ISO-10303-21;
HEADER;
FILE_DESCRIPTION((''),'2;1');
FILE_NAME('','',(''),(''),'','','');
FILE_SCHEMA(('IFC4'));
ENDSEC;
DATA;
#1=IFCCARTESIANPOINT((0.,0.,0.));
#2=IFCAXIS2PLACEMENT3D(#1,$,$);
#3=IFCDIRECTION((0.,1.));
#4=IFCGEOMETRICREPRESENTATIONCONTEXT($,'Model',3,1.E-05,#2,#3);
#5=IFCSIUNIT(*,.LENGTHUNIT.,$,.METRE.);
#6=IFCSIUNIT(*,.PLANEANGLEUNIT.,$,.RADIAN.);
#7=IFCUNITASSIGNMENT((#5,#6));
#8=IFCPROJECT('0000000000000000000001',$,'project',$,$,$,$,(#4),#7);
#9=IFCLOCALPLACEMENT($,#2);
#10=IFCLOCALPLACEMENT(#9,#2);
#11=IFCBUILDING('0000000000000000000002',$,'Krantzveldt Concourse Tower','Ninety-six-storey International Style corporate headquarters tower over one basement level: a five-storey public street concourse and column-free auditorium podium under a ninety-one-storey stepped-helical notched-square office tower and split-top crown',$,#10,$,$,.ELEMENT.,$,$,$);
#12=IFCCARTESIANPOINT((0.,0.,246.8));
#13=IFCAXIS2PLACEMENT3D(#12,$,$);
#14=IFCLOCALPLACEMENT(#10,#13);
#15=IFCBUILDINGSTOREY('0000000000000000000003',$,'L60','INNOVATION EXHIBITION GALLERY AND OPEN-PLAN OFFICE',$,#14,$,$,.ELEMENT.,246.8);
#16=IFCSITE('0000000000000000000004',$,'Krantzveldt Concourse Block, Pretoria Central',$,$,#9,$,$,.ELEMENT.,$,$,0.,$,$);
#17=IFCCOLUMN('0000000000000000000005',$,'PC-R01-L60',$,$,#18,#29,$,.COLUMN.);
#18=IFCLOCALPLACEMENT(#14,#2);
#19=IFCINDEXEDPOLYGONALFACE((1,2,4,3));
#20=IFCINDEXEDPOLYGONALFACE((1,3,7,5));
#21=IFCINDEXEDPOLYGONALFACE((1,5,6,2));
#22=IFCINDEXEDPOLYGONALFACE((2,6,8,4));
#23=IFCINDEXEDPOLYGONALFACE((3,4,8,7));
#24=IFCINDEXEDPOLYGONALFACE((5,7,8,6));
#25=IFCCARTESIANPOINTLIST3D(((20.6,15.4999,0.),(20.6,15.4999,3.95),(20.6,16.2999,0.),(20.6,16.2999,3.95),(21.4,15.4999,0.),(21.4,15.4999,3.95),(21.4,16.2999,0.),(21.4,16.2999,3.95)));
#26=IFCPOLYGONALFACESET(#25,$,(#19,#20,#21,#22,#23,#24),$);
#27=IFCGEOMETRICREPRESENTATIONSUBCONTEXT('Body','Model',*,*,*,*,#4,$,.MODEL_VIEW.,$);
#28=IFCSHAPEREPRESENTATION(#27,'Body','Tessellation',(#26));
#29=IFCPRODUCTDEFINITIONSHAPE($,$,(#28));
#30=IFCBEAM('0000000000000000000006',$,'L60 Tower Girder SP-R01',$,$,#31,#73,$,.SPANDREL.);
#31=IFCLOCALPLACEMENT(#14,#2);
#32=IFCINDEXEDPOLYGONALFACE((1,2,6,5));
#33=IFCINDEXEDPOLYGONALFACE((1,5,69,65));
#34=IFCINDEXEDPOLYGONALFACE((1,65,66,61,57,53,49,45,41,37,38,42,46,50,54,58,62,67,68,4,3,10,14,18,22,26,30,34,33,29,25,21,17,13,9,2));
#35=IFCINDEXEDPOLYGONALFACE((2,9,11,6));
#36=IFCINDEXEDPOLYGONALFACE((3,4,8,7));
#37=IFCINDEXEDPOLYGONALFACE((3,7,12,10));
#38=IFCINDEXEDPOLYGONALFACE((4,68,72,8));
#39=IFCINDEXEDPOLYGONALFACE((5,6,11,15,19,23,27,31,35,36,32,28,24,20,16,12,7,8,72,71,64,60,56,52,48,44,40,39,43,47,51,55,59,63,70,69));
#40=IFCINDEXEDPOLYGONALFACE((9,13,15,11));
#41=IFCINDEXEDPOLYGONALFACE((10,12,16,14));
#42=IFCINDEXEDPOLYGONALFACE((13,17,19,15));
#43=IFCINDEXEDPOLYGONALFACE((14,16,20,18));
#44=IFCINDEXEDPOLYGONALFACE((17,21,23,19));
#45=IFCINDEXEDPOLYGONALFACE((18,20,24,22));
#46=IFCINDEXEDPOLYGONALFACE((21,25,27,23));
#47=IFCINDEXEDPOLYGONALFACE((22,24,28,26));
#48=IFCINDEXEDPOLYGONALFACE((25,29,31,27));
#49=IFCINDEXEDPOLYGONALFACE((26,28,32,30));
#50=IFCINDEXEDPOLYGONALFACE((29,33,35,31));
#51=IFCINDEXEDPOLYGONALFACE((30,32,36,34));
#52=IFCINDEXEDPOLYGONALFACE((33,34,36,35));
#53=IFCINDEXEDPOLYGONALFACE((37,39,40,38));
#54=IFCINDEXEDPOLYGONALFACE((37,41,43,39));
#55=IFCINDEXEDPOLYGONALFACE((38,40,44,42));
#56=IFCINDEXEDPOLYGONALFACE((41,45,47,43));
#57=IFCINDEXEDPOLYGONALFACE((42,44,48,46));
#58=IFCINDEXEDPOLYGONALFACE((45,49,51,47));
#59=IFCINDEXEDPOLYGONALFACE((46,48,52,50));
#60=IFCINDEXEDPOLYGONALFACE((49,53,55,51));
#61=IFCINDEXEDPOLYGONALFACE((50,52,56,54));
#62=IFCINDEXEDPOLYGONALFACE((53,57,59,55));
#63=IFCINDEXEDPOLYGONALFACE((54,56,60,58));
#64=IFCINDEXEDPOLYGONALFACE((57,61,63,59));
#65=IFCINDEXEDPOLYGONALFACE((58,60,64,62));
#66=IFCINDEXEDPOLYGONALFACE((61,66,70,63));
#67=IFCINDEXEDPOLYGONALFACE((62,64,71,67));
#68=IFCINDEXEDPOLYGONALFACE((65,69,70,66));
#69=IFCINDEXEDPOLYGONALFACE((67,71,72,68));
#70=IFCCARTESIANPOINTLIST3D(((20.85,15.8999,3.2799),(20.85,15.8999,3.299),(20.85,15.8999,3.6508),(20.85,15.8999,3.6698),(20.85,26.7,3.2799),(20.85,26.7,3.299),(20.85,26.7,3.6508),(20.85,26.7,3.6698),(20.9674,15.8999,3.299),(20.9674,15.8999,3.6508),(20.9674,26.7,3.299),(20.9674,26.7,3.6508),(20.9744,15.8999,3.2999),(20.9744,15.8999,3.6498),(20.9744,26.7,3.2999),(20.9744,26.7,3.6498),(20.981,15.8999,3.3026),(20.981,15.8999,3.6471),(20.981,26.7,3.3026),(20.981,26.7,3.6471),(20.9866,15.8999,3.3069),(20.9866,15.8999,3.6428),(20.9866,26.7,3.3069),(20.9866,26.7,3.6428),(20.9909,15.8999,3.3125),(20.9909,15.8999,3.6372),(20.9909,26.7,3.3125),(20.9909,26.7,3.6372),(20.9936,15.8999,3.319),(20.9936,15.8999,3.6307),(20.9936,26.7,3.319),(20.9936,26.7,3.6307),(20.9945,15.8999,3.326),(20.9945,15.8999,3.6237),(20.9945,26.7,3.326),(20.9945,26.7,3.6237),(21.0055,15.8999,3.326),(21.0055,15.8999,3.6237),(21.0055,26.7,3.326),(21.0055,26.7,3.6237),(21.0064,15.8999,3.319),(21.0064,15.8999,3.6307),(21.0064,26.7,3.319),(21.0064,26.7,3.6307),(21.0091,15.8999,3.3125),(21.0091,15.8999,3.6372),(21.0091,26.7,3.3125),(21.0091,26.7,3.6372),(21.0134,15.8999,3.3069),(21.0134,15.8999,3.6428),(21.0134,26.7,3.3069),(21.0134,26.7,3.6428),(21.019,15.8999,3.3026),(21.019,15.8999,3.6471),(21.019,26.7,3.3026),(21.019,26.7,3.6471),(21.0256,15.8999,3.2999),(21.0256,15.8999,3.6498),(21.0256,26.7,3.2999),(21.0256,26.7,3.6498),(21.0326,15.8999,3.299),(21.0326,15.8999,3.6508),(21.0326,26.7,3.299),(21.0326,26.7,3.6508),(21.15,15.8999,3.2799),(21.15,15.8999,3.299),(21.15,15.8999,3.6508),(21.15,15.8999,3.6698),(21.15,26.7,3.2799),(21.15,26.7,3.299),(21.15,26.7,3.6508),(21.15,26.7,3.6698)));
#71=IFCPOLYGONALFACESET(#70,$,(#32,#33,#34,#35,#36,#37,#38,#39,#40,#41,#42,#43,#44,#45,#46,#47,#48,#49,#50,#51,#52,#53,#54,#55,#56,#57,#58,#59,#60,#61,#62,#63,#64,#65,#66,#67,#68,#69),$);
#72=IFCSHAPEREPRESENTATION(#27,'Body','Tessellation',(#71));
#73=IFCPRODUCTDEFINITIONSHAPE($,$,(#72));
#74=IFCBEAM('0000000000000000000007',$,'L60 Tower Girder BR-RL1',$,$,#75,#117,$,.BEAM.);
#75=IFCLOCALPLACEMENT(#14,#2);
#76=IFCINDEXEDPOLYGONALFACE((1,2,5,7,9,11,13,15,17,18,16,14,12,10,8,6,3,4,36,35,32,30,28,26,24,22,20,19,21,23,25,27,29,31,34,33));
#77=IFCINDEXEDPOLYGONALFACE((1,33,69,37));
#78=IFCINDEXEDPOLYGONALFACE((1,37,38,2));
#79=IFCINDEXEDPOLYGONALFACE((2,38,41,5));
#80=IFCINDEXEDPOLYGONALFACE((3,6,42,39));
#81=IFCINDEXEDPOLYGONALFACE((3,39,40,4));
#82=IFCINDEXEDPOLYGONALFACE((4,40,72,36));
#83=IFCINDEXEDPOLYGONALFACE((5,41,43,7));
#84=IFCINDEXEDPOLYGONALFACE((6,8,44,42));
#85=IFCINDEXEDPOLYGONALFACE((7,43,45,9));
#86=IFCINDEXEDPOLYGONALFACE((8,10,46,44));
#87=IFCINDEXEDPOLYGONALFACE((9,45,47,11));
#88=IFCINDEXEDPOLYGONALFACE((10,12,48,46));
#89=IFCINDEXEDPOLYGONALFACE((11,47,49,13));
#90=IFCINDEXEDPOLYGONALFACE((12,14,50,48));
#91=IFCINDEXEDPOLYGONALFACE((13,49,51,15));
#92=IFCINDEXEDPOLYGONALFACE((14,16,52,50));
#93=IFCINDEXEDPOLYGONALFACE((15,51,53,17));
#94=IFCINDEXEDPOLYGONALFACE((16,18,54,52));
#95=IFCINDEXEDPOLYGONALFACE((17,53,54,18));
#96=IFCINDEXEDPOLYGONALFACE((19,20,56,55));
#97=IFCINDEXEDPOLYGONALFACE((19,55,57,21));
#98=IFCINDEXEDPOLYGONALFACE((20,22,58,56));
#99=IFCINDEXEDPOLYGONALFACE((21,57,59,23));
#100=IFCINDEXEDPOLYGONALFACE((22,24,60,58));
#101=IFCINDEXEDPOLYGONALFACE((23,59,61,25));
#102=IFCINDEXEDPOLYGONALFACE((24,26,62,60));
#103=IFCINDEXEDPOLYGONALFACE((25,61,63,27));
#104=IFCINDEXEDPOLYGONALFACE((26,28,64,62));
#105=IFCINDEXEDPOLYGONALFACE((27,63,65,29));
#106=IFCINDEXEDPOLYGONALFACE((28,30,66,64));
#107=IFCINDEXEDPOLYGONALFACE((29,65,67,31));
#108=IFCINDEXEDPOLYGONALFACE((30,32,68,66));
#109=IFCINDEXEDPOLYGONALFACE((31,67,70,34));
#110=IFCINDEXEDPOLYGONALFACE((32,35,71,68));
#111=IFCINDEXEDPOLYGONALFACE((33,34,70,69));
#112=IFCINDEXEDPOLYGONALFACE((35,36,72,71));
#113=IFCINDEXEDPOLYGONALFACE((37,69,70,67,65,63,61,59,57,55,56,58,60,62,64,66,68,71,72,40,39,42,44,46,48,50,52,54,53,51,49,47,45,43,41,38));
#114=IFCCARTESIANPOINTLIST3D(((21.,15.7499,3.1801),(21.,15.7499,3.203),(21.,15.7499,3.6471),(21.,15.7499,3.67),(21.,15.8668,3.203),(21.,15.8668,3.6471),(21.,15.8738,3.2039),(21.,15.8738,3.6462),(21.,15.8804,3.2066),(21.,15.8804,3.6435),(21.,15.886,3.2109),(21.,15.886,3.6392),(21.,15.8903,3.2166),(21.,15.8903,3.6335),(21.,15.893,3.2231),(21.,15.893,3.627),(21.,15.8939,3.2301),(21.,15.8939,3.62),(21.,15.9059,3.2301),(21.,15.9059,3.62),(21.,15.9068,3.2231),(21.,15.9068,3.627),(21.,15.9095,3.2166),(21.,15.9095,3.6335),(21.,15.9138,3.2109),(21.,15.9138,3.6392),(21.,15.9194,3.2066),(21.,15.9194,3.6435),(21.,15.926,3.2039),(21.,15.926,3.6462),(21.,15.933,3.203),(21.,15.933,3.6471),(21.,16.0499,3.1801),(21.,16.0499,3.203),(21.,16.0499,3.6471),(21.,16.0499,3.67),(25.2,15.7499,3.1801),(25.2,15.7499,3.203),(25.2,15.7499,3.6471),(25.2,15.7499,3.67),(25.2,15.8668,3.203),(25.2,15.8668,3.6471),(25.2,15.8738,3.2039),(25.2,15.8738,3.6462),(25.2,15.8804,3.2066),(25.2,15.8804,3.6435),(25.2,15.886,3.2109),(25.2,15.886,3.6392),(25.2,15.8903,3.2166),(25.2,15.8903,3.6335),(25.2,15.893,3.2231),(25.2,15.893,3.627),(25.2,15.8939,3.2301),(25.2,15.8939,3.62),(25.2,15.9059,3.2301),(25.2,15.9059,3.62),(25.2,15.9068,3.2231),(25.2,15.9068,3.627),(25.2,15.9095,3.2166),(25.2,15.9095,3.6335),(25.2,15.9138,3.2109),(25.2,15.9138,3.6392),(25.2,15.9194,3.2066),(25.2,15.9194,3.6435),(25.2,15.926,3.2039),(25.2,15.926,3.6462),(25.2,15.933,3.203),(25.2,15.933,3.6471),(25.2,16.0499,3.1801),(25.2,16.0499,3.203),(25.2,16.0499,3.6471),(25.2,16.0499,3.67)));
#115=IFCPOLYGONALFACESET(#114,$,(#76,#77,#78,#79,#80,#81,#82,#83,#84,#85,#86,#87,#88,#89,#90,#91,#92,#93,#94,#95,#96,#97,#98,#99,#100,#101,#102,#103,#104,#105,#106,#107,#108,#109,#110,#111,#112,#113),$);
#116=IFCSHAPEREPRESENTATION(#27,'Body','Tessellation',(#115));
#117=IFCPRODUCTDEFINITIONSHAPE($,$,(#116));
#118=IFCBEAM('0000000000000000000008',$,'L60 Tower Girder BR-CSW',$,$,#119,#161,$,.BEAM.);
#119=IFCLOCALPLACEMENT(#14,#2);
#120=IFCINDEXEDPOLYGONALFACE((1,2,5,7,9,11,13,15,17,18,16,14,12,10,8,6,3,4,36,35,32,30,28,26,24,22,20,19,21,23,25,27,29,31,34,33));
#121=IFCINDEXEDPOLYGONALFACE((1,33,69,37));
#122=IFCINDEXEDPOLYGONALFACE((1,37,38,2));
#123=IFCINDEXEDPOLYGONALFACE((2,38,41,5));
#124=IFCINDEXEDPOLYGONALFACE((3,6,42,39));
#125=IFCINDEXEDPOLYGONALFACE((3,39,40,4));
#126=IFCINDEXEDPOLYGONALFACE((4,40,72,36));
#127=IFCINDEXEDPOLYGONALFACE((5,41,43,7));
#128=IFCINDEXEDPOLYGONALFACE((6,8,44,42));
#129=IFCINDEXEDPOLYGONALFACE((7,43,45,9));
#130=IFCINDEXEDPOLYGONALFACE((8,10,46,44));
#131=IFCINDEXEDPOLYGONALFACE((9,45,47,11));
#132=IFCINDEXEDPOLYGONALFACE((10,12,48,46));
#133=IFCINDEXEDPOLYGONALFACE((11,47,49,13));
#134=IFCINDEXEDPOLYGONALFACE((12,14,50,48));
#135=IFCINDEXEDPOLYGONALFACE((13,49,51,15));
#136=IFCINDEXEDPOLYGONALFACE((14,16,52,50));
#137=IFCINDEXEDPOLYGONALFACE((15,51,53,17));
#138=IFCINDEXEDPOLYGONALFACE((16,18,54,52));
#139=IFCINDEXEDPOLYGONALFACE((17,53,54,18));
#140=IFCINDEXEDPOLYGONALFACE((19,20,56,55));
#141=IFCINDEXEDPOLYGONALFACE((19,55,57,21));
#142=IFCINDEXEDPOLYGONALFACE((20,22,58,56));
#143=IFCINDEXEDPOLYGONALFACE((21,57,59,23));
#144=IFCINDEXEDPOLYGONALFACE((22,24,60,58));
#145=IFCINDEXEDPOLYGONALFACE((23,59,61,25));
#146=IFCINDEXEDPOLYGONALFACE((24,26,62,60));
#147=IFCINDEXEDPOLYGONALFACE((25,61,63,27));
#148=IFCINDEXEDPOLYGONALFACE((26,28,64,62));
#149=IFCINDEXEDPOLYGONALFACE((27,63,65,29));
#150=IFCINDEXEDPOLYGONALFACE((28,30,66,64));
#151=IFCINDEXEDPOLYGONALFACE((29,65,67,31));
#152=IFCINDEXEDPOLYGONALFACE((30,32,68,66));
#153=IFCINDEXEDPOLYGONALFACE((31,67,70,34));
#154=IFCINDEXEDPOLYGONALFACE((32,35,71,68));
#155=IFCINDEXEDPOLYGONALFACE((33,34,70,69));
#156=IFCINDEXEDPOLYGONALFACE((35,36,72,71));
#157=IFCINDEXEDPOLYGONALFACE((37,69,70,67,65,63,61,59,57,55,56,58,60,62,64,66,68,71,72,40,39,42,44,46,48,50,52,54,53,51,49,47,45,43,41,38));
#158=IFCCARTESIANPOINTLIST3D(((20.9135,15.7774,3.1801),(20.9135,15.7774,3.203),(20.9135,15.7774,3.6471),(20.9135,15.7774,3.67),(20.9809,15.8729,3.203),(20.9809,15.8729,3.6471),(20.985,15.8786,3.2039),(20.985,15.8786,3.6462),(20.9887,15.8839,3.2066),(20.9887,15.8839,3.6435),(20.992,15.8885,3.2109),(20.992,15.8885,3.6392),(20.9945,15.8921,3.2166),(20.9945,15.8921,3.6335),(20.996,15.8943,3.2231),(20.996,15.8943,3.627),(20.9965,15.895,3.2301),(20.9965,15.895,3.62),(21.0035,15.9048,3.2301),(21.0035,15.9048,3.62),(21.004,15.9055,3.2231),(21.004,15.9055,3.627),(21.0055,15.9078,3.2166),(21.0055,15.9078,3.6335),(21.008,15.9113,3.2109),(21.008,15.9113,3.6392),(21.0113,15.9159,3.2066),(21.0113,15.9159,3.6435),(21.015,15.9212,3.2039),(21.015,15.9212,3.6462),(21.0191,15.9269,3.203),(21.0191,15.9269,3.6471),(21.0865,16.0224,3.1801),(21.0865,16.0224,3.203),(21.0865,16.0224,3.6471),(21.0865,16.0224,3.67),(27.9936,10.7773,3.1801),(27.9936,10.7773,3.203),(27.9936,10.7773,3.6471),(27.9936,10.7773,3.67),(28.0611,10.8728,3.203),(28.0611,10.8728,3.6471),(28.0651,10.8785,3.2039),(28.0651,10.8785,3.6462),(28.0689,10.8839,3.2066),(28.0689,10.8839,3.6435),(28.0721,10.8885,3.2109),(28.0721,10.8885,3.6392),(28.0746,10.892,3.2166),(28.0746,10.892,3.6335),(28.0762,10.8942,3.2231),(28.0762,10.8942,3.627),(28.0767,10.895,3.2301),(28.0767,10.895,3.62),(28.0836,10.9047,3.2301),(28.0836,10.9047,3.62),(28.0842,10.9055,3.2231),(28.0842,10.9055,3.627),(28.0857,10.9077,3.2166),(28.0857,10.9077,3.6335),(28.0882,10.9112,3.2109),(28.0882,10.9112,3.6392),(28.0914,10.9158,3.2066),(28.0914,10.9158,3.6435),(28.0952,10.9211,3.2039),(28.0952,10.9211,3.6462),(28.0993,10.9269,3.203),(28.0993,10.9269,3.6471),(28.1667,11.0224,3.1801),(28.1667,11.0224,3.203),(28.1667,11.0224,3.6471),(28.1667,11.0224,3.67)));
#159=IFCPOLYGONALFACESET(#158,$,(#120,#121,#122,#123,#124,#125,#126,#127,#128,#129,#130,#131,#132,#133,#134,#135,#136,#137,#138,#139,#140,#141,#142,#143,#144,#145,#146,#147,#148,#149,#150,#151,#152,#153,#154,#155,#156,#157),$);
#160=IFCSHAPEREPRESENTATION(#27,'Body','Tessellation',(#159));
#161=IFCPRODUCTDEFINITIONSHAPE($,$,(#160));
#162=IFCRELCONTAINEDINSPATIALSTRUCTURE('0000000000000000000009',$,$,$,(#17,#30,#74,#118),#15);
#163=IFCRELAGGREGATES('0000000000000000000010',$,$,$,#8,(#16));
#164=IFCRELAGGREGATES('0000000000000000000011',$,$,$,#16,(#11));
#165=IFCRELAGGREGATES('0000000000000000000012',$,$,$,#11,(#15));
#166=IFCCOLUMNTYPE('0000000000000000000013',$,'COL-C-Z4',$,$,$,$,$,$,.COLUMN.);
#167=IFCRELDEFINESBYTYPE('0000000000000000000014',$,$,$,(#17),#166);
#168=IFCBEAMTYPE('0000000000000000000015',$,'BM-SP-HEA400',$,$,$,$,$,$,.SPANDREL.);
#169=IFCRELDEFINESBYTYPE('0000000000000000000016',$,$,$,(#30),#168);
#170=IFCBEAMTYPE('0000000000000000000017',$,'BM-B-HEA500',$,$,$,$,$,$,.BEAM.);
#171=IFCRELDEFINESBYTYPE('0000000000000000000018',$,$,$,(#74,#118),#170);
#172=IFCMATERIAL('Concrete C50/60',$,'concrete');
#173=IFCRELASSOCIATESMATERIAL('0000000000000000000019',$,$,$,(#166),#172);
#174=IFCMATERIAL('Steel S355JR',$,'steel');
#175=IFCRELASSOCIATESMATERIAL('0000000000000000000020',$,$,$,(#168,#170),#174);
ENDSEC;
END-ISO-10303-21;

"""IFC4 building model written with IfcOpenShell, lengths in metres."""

from ifc_helpers import new_model, si_unit, direction, frame, origin, origin_2d, place, context, subcontext, project, spatial, rectangle, i_section, extrude, source, transform, mapped, material, material_profile, profile_set, type_object, type_shapes, element, save


model = new_model("IFC4")

# Units and contexts
model_context = context("Model", 3, precision=1e-05, world=origin(), true_north=direction((0.0, 1.0)))
body_context = subcontext(model_context, "Body", "Model", "MODEL_VIEW")
ifc_project = project(units=[si_unit("LENGTHUNIT", "METRE"), si_unit("PLANEANGLEUNIT", "RADIAN")], contexts=[model_context])

# Site, building, storey
site_placement = place(None, origin())
site = spatial("IfcSite", under=ifc_project, at=site_placement, Name="Krantzveldt Concourse Block, Pretoria Central", CompositionType="ELEMENT", RefElevation=0.0)
building_placement = place(site_placement, origin())
building = spatial("IfcBuilding", under=site, at=building_placement, Name="Krantzveldt Concourse Tower", Description="Ninety-six-storey International Style corporate headquarters tower over one basement level: a five-storey public street concourse and column-free auditorium podium under a ninety-one-storey stepped-helical notched-square office tower and split-top crown", CompositionType="ELEMENT")
storey_placement = place(building_placement, frame((0.0, 0.0, 246.8)))
storey = spatial("IfcBuildingStorey", under=building, at=storey_placement, Name="L60", Description="INNOVATION EXHIBITION GALLERY AND OPEN-PLAN OFFICE", CompositionType="ELEMENT", Elevation=246.8)

# Column
ifc_material_1 = material(Name="Concrete C50/60", Category="concrete")
ifc_material_profile_1 = material_profile(ifc_material_1, rectangle(XDim=0.8, YDim=0.8, at=origin_2d()), Name="Concrete C50/60", Category="concrete")
ifc_profile_set_1 = profile_set([ifc_material_profile_1], Name="Concrete C50/60 - RC 800x800")
column_type = type_object("IfcColumnType", Name="COL-C-Z4", PredefinedType="COLUMN", material=ifc_profile_set_1)
shared_shape_1 = source(origin(), body_context, "Body", "SweptSolid", [
    extrude(rectangle(XDim=0.8, YDim=0.8, at=origin_2d()), origin(), (0.0, 0.0, 1.0), 3.95),
])
type_shapes(column_type, [shared_shape_1])
column_placement = place(storey_placement, frame((21.0, 15.8999, 0.0), z_axis=(0.0, 0.0, 1.0), x_axis=(1.0, 0.0, 0.0)))
element("IfcColumn", 1, at=column_placement, inside=storey, type_object=column_type, Name="PC-R01-L60", PredefinedType="COLUMN", context=body_context, shape_type="MappedRepresentation", body=[
    mapped(shared_shape_1, transform((0.0, 0.0, 0.0), x_axis=(1.0, 0.0, 0.0), y_axis=(0.0, 1.0, 0.0), z_axis=(0.0, 0.0, 1.0), scale=1.0)),
])

# Beams
ifc_material_2 = material(Name="Steel S355JR", Category="steel")
ifc_material_profile_2 = material_profile(ifc_material_2, i_section(OverallWidth=0.3, OverallDepth=0.3899, WebThickness=0.011, FlangeThickness=0.019, FilletRadius=0.0271, at=origin_2d()), Name="Steel S355JR", Category="steel")
ifc_profile_set_2 = profile_set([ifc_material_profile_2], Name="Steel S355JR - HEA 400")
beam_type_1 = type_object("IfcBeamType", Name="BM-SP-HEA400", PredefinedType="SPANDREL", material=ifc_profile_set_2)
shared_shape_2 = source(origin(), body_context, "Body", "SweptSolid", [
    extrude(i_section(OverallWidth=0.3, OverallDepth=0.3899, WebThickness=0.011, FlangeThickness=0.019, FilletRadius=0.0271, at=origin_2d()), origin(), (0.0, 0.0, 1.0), 10.8),
])
type_shapes(beam_type_1, [shared_shape_2])
beam_1_placement = place(storey_placement, frame((21.0, 15.8999, 3.4749), z_axis=(0.0, 1.0, 0.0), x_axis=(-1.0, 0.0, 0.0)))
element("IfcBeam", 2, at=beam_1_placement, inside=storey, type_object=beam_type_1, Name="L60 Tower Girder SP-R01", PredefinedType="SPANDREL", context=body_context, shape_type="MappedRepresentation", body=[
    mapped(shared_shape_2, transform((0.0, 0.0, 0.0), x_axis=(1.0, 0.0, 0.0), y_axis=(0.0, 1.0, 0.0), z_axis=(0.0, 0.0, 1.0), scale=1.0)),
])
ifc_material_profile_3 = material_profile(ifc_material_2, i_section(OverallWidth=0.3, OverallDepth=0.49, WebThickness=0.012, FlangeThickness=0.0229, FilletRadius=0.0271, at=origin_2d()), Name="Steel S355JR", Category="steel")
ifc_profile_set_3 = profile_set([ifc_material_profile_3], Name="Steel S355JR - HEA 500")
beam_type_2 = type_object("IfcBeamType", Name="BM-B-HEA500", PredefinedType="BEAM", material=ifc_profile_set_3)
shared_shape_3 = source(origin(), body_context, "Body", "SweptSolid", [
    extrude(i_section(OverallWidth=0.3, OverallDepth=0.49, WebThickness=0.012, FlangeThickness=0.0229, FilletRadius=0.0271, at=origin_2d()), origin(), (0.0, 0.0, 1.0), 4.2),
])
beam_2_placement = place(storey_placement, frame((21.0, 15.8999, 3.425), z_axis=(1.0, 0.0, 0.0), x_axis=(0.0, 1.0, 0.0)))
element("IfcBeam", 3, at=beam_2_placement, inside=storey, type_object=beam_type_2, Name="L60 Tower Girder BR-RL1", PredefinedType="BEAM", context=body_context, shape_type="MappedRepresentation", body=[
    mapped(shared_shape_3, transform((0.0, 0.0, 0.0), x_axis=(1.0, 0.0, 0.0), y_axis=(0.0, 1.0, 0.0), z_axis=(0.0, 0.0, 1.0), scale=1.0)),
])
shared_shape_4 = source(origin(), body_context, "Body", "SweptSolid", [
    extrude(i_section(OverallWidth=0.3, OverallDepth=0.49, WebThickness=0.012, FlangeThickness=0.0229, FilletRadius=0.0271, at=origin_2d()), origin(), (0.0, 0.0, 1.0), 8.6677),
])
type_shapes(beam_type_2, [shared_shape_3, shared_shape_4])
beam_3_placement = place(storey_placement, frame((21.0, 15.8999, 3.425), z_axis=(0.816843, -0.57686, 0.0), x_axis=(0.57686, 0.816843, 0.0)))
element("IfcBeam", 4, at=beam_3_placement, inside=storey, type_object=beam_type_2, Name="L60 Tower Girder BR-CSW", PredefinedType="BEAM", context=body_context, shape_type="MappedRepresentation", body=[
    mapped(shared_shape_4, transform((0.0, 0.0, 0.0), x_axis=(1.0, 0.0, 0.0), y_axis=(0.0, 1.0, 0.0), z_axis=(0.0, 0.0, 1.0), scale=1.0)),
])

save(model, "model.ifc")
